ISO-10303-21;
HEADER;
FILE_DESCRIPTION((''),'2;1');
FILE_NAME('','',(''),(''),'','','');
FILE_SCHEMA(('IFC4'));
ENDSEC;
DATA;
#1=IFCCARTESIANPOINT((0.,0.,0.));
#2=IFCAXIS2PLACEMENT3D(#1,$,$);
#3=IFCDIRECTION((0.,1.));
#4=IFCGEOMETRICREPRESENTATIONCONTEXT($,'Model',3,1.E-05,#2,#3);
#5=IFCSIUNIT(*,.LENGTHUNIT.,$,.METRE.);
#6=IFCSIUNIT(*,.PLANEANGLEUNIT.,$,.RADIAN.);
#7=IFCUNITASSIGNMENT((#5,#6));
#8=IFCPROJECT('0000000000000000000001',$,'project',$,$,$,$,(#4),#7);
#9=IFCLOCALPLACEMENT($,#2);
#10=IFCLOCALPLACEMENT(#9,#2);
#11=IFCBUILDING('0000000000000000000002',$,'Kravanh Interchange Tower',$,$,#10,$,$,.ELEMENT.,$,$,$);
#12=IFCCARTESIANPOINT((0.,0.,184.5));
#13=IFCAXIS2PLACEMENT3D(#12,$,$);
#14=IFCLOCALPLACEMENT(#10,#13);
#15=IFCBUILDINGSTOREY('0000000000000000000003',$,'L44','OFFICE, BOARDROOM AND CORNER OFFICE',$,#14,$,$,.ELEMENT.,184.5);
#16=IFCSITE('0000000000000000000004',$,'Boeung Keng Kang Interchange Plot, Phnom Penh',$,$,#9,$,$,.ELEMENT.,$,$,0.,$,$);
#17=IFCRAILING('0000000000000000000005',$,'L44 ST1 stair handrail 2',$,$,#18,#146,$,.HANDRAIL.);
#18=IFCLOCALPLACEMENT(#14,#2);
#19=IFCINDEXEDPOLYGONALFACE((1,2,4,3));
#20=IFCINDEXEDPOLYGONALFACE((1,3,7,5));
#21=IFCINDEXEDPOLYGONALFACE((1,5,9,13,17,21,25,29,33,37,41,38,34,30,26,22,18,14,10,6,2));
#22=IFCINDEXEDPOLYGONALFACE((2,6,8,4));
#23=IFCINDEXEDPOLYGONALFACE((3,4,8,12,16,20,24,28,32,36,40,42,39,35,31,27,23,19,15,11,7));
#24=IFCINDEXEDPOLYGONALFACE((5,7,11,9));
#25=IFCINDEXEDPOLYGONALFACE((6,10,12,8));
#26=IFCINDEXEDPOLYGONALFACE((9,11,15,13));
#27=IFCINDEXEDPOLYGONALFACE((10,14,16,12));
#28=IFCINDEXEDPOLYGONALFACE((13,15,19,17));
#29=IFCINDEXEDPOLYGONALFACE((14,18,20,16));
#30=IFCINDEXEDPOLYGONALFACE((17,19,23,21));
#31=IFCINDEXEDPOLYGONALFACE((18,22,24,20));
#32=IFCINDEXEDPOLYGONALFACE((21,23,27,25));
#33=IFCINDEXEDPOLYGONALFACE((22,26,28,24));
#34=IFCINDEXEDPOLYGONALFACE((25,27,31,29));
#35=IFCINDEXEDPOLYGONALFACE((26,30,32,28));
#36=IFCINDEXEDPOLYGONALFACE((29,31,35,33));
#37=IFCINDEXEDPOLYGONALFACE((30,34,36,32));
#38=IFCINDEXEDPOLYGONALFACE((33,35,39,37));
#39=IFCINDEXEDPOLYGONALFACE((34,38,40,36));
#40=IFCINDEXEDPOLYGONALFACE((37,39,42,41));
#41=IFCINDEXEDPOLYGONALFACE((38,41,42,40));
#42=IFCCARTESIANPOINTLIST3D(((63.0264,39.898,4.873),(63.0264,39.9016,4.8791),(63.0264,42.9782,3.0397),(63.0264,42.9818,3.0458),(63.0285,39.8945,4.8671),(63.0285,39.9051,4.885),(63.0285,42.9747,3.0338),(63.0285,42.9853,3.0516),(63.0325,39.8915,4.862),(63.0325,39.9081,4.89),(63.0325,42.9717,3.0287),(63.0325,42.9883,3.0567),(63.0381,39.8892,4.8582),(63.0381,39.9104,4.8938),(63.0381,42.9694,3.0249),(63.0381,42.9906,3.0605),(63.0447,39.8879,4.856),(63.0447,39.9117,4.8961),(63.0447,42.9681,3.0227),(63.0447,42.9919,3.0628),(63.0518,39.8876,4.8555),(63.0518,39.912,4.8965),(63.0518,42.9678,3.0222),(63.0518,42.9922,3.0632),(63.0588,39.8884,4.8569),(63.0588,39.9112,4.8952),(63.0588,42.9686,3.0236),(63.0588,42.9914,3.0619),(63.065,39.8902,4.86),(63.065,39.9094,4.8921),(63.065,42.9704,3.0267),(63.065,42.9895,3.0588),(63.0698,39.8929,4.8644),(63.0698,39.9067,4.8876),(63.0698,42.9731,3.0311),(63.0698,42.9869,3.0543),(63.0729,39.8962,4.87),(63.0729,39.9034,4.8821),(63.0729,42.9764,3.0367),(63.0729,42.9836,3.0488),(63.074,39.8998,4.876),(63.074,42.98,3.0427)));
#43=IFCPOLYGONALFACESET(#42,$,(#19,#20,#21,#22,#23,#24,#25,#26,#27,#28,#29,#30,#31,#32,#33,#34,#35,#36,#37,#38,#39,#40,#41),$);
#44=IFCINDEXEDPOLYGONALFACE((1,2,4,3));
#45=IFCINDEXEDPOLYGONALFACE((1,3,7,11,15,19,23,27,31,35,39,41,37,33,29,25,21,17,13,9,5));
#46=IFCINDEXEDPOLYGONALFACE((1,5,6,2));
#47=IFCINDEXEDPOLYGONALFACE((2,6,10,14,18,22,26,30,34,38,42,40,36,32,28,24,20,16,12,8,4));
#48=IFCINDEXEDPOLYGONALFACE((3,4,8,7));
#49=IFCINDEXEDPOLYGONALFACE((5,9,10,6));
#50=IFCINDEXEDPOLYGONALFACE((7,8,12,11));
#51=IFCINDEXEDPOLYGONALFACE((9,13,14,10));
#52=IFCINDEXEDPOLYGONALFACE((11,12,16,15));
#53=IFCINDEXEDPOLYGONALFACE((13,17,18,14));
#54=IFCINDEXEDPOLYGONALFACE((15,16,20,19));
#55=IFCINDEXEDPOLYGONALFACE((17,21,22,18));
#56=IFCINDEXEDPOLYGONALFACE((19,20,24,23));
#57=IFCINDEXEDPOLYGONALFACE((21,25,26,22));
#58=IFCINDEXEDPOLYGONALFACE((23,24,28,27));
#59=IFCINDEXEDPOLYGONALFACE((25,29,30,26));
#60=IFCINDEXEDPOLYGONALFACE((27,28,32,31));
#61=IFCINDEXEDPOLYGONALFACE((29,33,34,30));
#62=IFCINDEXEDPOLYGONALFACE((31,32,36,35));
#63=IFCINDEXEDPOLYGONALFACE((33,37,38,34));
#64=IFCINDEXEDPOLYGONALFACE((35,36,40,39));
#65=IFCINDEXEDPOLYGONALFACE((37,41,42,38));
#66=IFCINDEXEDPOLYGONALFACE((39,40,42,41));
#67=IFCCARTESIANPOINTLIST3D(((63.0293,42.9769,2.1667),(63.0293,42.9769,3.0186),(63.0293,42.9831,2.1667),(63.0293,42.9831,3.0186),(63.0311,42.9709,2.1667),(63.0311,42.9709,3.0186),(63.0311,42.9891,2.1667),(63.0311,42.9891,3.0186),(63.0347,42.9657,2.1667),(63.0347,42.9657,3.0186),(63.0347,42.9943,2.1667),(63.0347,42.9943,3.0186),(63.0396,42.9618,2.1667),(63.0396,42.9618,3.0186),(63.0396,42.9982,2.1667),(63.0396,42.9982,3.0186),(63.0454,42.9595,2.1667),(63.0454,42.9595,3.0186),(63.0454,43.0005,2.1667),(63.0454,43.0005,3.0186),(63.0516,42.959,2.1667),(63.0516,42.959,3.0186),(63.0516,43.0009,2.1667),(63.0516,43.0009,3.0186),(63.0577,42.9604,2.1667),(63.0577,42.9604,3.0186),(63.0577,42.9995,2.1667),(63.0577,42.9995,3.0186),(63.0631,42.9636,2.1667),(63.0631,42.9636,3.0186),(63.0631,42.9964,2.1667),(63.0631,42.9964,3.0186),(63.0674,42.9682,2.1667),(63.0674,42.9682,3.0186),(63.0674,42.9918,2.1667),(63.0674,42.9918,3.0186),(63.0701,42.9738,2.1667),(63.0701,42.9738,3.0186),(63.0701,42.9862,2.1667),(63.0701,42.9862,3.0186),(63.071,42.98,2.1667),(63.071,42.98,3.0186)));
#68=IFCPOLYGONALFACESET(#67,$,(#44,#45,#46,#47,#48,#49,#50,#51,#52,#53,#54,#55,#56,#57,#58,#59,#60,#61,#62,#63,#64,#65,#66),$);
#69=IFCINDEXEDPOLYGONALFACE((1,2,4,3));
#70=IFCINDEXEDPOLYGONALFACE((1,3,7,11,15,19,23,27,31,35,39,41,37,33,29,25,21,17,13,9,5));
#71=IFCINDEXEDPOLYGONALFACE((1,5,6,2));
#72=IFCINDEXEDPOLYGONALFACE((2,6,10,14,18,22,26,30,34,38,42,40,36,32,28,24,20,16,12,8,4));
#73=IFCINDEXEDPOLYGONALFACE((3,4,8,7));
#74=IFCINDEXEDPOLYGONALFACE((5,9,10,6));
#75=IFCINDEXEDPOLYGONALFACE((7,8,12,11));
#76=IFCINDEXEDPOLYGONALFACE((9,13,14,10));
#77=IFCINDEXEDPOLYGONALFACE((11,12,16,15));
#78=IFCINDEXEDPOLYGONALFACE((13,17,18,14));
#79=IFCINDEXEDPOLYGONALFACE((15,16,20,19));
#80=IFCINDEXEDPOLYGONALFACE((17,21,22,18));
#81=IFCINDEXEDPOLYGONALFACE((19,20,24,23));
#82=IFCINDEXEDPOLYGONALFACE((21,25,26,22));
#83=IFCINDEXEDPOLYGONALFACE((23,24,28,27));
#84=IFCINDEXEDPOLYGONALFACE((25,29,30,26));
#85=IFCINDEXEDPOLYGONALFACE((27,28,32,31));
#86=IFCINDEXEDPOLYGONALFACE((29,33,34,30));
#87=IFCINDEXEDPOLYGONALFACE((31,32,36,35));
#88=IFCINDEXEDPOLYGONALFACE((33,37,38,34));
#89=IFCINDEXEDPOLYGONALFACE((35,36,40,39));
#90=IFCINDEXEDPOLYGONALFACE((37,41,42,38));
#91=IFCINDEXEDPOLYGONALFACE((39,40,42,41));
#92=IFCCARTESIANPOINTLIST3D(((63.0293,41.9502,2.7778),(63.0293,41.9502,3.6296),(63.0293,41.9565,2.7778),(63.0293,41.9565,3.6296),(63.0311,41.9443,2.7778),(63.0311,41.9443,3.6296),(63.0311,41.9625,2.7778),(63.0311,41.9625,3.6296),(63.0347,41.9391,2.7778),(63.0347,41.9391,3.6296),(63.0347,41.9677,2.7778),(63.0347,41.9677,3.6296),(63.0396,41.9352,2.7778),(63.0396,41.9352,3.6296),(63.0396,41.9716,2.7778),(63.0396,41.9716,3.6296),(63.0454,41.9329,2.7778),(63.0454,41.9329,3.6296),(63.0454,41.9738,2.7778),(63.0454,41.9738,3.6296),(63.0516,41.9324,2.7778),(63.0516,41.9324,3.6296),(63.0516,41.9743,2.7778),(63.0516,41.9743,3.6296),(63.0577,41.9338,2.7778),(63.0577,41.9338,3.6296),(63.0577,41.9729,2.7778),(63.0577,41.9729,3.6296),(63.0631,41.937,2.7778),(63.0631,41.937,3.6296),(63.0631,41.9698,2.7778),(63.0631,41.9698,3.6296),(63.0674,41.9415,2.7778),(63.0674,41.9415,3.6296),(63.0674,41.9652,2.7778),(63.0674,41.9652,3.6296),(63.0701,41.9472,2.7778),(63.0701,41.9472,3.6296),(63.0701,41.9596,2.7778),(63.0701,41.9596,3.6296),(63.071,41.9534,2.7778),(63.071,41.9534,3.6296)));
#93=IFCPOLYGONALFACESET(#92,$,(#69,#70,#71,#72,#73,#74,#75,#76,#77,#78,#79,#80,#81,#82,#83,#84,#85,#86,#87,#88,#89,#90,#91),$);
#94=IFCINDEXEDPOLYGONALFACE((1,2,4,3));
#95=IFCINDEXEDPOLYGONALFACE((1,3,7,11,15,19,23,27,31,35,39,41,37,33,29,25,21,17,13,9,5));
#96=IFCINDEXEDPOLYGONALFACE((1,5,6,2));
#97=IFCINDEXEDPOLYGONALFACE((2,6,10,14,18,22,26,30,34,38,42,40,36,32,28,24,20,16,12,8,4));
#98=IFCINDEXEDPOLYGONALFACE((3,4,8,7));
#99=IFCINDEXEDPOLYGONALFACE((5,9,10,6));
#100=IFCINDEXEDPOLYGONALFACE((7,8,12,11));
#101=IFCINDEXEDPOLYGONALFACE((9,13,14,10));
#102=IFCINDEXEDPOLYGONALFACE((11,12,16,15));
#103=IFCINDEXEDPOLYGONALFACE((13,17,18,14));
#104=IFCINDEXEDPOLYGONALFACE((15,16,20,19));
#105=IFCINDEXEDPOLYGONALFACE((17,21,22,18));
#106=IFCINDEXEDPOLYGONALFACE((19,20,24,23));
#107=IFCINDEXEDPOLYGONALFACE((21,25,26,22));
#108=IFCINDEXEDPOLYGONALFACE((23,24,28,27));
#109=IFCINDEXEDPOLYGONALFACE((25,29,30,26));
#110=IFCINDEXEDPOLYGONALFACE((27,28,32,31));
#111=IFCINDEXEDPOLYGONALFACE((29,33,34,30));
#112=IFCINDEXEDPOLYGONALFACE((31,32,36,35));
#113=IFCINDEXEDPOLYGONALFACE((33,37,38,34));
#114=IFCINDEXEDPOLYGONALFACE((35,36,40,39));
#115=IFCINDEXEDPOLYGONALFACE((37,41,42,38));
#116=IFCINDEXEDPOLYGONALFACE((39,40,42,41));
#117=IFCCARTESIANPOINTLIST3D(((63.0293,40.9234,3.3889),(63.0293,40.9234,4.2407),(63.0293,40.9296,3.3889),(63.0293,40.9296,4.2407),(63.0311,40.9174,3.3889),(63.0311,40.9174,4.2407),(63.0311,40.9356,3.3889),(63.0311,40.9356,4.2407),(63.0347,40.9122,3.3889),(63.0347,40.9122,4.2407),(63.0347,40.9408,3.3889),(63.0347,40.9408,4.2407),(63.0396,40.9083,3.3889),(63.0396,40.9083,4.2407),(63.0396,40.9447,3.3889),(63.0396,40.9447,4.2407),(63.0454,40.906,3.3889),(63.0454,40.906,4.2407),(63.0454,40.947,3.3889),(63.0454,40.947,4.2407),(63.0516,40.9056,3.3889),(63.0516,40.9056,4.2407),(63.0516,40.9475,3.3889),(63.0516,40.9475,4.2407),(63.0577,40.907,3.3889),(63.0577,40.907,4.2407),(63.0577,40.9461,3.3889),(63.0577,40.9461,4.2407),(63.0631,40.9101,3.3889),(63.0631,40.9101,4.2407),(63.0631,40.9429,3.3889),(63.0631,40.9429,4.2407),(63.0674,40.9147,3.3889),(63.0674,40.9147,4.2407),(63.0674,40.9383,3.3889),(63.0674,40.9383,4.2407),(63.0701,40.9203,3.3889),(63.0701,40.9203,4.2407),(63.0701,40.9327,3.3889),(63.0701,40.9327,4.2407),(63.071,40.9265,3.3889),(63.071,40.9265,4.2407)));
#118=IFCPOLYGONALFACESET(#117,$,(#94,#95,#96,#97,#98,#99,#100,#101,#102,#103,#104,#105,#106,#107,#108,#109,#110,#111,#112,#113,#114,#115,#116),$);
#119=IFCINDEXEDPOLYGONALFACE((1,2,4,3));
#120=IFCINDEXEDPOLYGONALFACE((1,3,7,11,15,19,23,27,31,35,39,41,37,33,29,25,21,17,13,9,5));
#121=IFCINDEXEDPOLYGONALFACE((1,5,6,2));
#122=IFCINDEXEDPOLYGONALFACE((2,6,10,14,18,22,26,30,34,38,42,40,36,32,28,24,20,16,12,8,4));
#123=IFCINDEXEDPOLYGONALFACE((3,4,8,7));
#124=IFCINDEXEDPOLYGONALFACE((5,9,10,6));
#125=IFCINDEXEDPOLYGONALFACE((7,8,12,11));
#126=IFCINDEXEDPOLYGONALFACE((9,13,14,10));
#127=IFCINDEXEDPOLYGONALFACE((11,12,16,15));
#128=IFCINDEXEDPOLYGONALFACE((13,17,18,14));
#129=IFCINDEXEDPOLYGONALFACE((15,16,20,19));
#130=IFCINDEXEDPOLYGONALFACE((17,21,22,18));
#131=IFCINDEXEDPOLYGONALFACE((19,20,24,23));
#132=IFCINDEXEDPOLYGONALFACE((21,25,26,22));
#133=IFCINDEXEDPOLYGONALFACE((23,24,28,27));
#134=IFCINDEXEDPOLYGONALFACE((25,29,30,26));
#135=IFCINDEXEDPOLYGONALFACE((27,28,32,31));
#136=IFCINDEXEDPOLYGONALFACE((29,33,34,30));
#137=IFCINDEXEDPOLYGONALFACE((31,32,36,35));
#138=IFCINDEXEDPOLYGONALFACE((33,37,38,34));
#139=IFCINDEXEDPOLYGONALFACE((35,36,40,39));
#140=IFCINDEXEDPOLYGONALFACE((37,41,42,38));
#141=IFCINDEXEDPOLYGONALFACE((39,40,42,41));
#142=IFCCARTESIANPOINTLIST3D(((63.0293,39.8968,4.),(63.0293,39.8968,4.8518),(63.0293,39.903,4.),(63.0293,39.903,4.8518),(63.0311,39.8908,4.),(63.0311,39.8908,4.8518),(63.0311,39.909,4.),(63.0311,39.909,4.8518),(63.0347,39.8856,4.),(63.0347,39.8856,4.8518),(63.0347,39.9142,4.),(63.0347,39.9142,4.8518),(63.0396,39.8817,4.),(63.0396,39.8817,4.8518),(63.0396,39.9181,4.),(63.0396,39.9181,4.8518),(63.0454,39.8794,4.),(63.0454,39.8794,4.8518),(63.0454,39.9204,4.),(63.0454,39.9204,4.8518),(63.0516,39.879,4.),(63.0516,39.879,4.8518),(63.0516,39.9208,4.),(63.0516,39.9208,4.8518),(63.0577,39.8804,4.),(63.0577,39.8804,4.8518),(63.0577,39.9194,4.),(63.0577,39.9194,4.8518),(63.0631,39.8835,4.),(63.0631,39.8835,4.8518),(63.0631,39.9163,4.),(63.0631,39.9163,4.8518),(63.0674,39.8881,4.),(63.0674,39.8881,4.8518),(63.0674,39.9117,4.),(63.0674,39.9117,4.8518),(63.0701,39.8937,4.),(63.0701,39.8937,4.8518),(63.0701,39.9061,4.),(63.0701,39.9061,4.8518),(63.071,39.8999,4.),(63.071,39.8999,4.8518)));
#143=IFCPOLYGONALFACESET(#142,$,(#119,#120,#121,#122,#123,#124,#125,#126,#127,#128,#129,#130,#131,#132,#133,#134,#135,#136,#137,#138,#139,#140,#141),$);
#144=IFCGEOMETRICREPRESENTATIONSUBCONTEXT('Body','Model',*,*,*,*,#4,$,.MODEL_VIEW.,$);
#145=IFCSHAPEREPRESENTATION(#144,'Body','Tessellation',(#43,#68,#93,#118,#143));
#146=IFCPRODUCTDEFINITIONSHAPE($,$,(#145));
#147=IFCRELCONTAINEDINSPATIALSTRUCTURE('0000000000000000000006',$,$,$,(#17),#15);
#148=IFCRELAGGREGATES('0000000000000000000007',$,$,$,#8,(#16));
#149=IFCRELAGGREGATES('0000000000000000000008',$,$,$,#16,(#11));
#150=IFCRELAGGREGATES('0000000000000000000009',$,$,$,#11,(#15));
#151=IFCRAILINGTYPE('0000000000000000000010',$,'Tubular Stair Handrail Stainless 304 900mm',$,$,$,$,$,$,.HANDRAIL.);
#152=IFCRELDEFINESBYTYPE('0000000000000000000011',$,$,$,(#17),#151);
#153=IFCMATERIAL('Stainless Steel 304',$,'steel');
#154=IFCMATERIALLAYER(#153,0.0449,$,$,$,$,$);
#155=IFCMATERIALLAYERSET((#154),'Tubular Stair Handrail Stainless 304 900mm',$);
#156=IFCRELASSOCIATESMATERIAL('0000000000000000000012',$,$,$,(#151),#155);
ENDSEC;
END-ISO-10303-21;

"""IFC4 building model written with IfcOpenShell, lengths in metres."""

from ifc_helpers import new_model, si_unit, direction, frame, origin, origin_2d, place, context, subcontext, project, spatial, circle, extrude, material, layer, layer_set, type_object, element, save


model = new_model("IFC4")

# Units and contexts
model_context = context("Model", 3, precision=1e-05, world=origin(), true_north=direction((0.0, 1.0)))
body_context = subcontext(model_context, "Body", "Model", "MODEL_VIEW")
ifc_project = project(units=[si_unit("LENGTHUNIT", "METRE"), si_unit("PLANEANGLEUNIT", "RADIAN")], contexts=[model_context])

# Site, building, storey
site_placement = place(None, origin())
site = spatial("IfcSite", under=ifc_project, at=site_placement, Name="Boeung Keng Kang Interchange Plot, Phnom Penh", CompositionType="ELEMENT", RefElevation=0.0)
building_placement = place(site_placement, origin())
building = spatial("IfcBuilding", under=site, at=building_placement, Name="Kravanh Interchange Tower", CompositionType="ELEMENT")
storey_placement = place(building_placement, frame((0.0, 0.0, 184.5)))
storey = spatial("IfcBuildingStorey", under=building, at=storey_placement, Name="L44", Description="OFFICE, BOARDROOM AND CORNER OFFICE", CompositionType="ELEMENT", Elevation=184.5)

# Railing
ifc_material_1 = material(Name="Stainless Steel 304", Category="steel")
ifc_layer_1 = layer(ifc_material_1, 0.0449)
ifc_layer_set_1 = layer_set([ifc_layer_1], Name="Tubular Stair Handrail Stainless 304 900mm")
railing_type_1 = type_object("IfcRailingType", Name="Tubular Stair Handrail Stainless 304 900mm", PredefinedType="HANDRAIL", material=ifc_layer_set_1)
railing_1_placement = place(storey_placement, frame((63.05, 42.98, 2.1667)))
element("IfcRailing", 1, at=railing_1_placement, inside=storey, type_object=railing_type_1, Name="L44 ST1 stair handrail 2", PredefinedType="HANDRAIL", context=body_context, shape_type="SweptSolid", body=[
    extrude(circle(Radius=0.0239, at=origin_2d()), frame((0.0, 0.0, 0.876), z_axis=(0.0, -0.859309, 0.511458), x_axis=(1.0, 0.0, 0.0)), (0.0, 0.0, 1.0), 3.5845),
    extrude(circle(Radius=0.021, at=origin_2d()), origin(), (0.0, 0.0, 1.0), 0.8518),
    extrude(circle(Radius=0.021, at=origin_2d()), frame((0.0, -1.0266, 0.6111)), (0.0, 0.0, 1.0), 0.8518),
    extrude(circle(Radius=0.021, at=origin_2d()), frame((0.0, -2.0535, 1.2222)), (0.0, 0.0, 1.0), 0.8518),
    extrude(circle(Radius=0.021, at=origin_2d()), frame((0.0, -3.0801, 1.8333)), (0.0, 0.0, 1.0), 0.8518),
])

save(model, "model.ifc")
